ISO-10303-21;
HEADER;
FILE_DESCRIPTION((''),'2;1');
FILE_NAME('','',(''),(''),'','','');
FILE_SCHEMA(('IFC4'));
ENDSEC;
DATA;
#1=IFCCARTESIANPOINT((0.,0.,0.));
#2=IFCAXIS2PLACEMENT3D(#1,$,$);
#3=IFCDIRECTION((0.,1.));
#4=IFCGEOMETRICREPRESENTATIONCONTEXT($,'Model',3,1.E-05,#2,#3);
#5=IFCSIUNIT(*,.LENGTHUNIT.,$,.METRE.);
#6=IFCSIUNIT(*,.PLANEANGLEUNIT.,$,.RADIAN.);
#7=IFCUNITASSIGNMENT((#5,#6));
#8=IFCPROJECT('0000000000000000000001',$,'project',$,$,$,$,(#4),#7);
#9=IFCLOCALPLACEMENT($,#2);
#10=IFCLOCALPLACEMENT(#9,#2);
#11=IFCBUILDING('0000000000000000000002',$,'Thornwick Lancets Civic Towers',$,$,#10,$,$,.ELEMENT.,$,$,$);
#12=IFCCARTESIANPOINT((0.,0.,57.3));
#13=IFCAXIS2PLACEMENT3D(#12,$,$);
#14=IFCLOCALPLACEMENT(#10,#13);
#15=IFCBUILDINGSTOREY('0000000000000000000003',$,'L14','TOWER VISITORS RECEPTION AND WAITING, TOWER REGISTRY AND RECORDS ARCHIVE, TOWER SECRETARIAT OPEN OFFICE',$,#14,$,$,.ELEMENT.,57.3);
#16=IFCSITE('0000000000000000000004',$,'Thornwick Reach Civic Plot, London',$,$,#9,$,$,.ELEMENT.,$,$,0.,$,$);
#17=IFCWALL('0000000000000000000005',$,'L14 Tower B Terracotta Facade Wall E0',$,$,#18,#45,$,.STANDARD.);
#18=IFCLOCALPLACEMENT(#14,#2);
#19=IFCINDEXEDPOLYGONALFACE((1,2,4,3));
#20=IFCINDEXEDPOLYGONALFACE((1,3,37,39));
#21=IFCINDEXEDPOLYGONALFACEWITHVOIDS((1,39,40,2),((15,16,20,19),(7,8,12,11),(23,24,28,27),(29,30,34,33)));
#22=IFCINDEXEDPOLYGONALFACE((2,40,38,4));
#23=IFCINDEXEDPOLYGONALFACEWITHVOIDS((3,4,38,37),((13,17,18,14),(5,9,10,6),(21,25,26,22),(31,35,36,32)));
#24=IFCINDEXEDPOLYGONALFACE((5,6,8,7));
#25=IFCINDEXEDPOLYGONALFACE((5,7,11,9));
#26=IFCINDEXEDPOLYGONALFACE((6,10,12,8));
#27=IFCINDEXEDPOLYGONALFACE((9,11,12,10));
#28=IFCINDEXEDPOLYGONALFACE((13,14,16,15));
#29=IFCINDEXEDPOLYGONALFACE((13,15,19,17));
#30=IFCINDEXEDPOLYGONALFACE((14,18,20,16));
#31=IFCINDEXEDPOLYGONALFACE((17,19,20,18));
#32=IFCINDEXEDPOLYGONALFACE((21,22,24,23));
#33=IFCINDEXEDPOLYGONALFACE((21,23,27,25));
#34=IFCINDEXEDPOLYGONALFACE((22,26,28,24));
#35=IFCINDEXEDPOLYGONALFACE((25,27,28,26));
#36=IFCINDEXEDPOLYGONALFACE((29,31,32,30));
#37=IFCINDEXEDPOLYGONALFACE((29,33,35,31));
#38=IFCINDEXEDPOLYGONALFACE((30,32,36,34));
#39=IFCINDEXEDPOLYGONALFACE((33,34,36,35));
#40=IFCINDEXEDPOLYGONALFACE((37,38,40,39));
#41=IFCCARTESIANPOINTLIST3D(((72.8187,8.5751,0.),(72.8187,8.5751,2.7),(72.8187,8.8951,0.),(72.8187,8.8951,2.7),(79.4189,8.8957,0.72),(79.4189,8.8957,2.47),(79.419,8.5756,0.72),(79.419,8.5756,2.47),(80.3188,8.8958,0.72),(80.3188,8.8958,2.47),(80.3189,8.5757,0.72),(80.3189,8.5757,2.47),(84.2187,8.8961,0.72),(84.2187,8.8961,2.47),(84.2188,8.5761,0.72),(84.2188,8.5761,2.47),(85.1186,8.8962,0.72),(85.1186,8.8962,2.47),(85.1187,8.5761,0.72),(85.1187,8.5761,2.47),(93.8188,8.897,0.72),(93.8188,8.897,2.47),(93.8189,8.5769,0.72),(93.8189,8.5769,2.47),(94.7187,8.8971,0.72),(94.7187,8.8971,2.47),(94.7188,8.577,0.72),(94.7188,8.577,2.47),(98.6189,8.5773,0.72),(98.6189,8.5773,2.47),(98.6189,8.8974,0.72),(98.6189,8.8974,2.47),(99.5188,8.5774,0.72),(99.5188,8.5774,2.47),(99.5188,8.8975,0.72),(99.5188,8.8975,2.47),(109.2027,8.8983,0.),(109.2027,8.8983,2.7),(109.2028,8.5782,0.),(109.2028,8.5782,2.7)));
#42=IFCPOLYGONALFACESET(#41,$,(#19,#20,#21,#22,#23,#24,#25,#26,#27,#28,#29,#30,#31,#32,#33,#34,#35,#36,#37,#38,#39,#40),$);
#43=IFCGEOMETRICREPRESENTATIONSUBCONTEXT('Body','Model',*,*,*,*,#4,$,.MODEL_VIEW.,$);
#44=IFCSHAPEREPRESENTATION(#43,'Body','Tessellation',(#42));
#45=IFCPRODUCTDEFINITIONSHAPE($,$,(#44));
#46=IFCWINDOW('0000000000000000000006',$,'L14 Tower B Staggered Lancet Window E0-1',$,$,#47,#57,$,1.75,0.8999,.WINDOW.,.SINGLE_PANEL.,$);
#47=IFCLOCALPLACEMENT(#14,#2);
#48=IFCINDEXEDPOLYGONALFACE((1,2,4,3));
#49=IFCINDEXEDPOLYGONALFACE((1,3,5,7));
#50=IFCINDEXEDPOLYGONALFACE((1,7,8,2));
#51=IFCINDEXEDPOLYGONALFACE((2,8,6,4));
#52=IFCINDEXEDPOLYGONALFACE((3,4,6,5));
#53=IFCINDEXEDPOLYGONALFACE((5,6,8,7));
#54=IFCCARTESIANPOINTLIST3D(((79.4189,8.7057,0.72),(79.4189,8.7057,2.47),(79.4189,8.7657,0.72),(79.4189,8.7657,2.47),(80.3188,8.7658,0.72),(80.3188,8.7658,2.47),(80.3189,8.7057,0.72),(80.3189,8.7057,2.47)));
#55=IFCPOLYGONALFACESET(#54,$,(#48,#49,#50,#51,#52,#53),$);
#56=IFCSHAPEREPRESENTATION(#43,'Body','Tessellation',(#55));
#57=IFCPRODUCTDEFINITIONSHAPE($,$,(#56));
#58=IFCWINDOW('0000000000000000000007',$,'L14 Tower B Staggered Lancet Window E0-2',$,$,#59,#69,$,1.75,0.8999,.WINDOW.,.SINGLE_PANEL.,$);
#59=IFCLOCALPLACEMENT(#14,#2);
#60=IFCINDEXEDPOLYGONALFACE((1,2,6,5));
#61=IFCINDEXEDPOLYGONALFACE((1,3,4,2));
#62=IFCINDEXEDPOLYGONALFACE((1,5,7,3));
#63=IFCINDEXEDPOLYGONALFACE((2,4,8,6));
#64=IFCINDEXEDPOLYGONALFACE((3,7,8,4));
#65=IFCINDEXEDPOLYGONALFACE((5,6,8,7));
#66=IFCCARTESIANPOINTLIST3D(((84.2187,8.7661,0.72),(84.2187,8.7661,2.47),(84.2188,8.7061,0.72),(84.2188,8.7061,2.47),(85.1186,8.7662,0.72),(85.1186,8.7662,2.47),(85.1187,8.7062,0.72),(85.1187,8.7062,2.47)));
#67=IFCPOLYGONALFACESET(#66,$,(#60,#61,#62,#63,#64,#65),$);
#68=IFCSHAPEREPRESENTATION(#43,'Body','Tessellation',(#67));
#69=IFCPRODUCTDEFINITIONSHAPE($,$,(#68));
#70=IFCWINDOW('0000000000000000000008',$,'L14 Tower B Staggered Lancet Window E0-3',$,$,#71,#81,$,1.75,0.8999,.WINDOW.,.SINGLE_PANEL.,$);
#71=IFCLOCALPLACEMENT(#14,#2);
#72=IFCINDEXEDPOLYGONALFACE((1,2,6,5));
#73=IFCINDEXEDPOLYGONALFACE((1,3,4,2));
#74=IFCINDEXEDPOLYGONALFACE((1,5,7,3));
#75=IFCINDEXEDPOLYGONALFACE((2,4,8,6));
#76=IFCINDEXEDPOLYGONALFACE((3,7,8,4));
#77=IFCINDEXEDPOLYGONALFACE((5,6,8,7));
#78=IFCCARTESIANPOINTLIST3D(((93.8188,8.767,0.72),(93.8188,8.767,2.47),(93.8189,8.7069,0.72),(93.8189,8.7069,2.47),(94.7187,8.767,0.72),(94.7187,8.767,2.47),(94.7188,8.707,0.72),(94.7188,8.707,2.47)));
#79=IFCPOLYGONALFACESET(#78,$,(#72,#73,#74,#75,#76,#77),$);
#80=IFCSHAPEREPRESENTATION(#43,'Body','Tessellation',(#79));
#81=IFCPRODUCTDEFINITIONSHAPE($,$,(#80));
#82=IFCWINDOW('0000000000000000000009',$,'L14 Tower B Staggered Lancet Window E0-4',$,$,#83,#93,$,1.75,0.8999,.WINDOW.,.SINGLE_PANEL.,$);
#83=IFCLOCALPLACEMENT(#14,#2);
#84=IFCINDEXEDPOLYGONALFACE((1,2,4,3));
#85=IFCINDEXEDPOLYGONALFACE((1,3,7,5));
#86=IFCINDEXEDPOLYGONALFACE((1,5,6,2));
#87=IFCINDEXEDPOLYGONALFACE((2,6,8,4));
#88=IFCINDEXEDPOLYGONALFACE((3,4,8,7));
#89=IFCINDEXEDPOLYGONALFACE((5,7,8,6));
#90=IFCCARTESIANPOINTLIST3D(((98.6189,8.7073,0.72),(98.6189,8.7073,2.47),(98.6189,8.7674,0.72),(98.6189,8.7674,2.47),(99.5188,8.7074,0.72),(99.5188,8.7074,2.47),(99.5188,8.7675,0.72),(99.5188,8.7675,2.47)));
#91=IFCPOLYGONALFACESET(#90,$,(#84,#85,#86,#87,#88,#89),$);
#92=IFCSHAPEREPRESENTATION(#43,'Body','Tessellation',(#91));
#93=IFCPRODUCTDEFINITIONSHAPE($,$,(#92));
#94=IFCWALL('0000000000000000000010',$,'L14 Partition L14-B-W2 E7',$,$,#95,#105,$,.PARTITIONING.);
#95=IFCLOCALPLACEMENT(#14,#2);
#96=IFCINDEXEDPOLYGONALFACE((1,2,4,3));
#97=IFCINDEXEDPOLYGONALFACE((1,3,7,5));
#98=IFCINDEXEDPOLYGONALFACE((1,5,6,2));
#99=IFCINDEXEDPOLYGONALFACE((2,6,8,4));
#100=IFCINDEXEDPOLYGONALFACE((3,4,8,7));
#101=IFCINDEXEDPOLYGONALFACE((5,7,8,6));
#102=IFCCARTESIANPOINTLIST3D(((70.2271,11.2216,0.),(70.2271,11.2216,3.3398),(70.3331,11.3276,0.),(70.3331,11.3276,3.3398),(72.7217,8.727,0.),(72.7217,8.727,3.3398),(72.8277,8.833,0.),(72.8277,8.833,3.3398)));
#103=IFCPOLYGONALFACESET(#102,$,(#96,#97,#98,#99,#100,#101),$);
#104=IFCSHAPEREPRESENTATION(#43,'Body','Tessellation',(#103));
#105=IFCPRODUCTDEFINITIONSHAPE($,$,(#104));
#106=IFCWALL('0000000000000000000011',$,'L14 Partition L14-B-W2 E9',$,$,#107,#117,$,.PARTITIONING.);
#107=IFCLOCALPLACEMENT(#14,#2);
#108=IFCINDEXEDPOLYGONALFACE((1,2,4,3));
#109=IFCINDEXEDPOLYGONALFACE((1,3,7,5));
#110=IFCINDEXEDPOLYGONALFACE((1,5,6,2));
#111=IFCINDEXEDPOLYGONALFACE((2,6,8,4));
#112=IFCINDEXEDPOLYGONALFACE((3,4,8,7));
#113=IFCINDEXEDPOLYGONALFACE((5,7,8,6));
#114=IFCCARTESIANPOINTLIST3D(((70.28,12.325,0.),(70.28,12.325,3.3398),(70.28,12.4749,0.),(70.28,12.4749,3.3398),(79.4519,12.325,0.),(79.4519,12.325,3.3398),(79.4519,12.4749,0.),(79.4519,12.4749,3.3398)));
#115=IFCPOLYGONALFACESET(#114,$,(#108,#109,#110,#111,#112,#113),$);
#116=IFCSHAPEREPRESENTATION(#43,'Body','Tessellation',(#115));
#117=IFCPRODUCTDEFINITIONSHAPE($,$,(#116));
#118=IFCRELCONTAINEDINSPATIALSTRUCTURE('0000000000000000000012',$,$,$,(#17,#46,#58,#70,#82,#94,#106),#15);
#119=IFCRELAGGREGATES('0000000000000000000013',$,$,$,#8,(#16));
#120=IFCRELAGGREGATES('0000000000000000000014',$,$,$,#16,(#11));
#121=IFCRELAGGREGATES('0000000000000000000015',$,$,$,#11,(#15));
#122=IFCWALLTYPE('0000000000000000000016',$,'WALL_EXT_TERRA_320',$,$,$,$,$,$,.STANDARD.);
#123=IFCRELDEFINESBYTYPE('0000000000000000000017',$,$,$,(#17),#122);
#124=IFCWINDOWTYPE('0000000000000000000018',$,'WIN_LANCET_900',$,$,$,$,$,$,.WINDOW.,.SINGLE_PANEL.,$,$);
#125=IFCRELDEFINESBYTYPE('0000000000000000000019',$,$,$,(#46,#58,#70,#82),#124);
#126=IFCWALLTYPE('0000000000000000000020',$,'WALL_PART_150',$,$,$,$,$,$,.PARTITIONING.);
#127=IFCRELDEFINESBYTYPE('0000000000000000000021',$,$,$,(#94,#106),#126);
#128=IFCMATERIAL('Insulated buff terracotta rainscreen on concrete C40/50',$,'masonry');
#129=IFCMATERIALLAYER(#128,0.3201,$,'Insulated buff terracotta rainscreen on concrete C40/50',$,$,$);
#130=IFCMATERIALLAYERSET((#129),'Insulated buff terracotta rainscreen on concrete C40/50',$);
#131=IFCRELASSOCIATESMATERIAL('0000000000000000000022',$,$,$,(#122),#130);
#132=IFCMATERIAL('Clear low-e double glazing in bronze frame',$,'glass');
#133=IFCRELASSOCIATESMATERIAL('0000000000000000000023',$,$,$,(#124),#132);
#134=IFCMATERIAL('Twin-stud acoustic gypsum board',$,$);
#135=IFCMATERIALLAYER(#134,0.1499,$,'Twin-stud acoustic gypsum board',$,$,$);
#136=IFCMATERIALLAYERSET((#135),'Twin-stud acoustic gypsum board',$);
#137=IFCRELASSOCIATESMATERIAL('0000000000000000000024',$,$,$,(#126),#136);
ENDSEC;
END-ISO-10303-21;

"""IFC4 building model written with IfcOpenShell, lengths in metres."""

from ifc_helpers import new_model, si_unit, direction, frame, frame_2d, origin, place, context, subcontext, project, spatial, rectangle, extrude, material, layer, layer_set, type_object, element, fill, save


model = new_model("IFC4")

# Units and contexts
model_context = context("Model", 3, precision=1e-05, world=origin(), true_north=direction((0.0, 1.0)))
body_context = subcontext(model_context, "Body", "Model", "MODEL_VIEW")
ifc_project = project(units=[si_unit("LENGTHUNIT", "METRE"), si_unit("PLANEANGLEUNIT", "RADIAN")], contexts=[model_context])

# Site, building, storey
site_placement = place(None, origin())
site = spatial("IfcSite", under=ifc_project, at=site_placement, Name="Thornwick Reach Civic Plot, London", CompositionType="ELEMENT", RefElevation=0.0)
building_placement = place(site_placement, origin())
building = spatial("IfcBuilding", under=site, at=building_placement, Name="Thornwick Lancets Civic Towers", CompositionType="ELEMENT")
storey_placement = place(building_placement, frame((0.0, 0.0, 57.3)))
storey = spatial("IfcBuildingStorey", under=building, at=storey_placement, Name="L14", Description="TOWER VISITORS RECEPTION AND WAITING, TOWER REGISTRY AND RECORDS ARCHIVE, TOWER SECRETARIAT OPEN OFFICE", CompositionType="ELEMENT", Elevation=57.3)

# Wall, openings, windows
ifc_material_1 = material(Name="Insulated buff terracotta rainscreen on concrete C40/50", Category="masonry")
ifc_layer_1 = layer(ifc_material_1, 0.3201, Name="Insulated buff terracotta rainscreen on concrete C40/50")
ifc_layer_set_1 = layer_set([ifc_layer_1], Name="Insulated buff terracotta rainscreen on concrete C40/50")
wall_type_1 = type_object("IfcWallType", Name="WALL_EXT_TERRA_320", PredefinedType="STANDARD", material=ifc_layer_set_1)
ifc_material_2 = material(Name="Clear low-e double glazing in bronze frame", Category="glass")
window_type = type_object("IfcWindowType", Name="WIN_LANCET_900", PartitioningType="SINGLE_PANEL", PredefinedType="WINDOW", material=ifc_material_2)
wall_1_placement = place(storey_placement, frame((72.8188, 8.7351, 0.0), z_axis=(0.0, 0.0, 1.0), x_axis=(1.0, 0.000087, 0.0)))
wall_1 = element("IfcWall", 1, at=wall_1_placement, inside=storey, type_object=wall_type_1, Name="L14 Tower B Terracotta Facade Wall E0", PredefinedType="STANDARD", context=body_context, shape_type="SweptSolid", body=[
    extrude(rectangle(XDim=36.384, YDim=0.3201, at=frame_2d((18.1919, 0.0))), origin(), (0.0, 0.0, 1.0), 2.7),
])
opening_1_placement = place(wall_1_placement, frame((6.6001, 0.0, 0.72)))
opening_1 = element("IfcOpeningElement", 2, at=opening_1_placement, cuts=wall_1, PredefinedType="OPENING", context=body_context, shape_type="SweptSolid", body=[
    extrude(rectangle(XDim=0.8999, YDim=1.75, at=frame_2d((0.45, 0.875))), frame((0.0, 0.1699, 0.0), z_axis=(0.0, -1.0, 0.0), x_axis=(1.0, 0.0, 0.0)), (0.0, 0.0, 1.0), 0.3401),
])
opening_2_placement = place(wall_1_placement, frame((11.3999, 0.0, 0.72)))
opening_2 = element("IfcOpeningElement", 3, at=opening_2_placement, cuts=wall_1, PredefinedType="OPENING", context=body_context, shape_type="SweptSolid", body=[
    extrude(rectangle(XDim=0.8999, YDim=1.75, at=frame_2d((0.45, 0.875))), frame((0.0, 0.1699, 0.0), z_axis=(0.0, -1.0, 0.0), x_axis=(1.0, 0.0, 0.0)), (0.0, 0.0, 1.0), 0.3401),
])
opening_3_placement = place(wall_1_placement, frame((21.0, 0.0, 0.72)))
opening_3 = element("IfcOpeningElement", 4, at=opening_3_placement, cuts=wall_1, PredefinedType="OPENING", context=body_context, shape_type="SweptSolid", body=[
    extrude(rectangle(XDim=0.8999, YDim=1.75, at=frame_2d((0.45, 0.875))), frame((0.0, 0.1699, 0.0), z_axis=(0.0, -1.0, 0.0), x_axis=(1.0, 0.0, 0.0)), (0.0, 0.0, 1.0), 0.3401),
])
opening_4_placement = place(wall_1_placement, frame((25.8, 0.0, 0.72)))
opening_4 = element("IfcOpeningElement", 5, at=opening_4_placement, cuts=wall_1, PredefinedType="OPENING", context=body_context, shape_type="SweptSolid", body=[
    extrude(rectangle(XDim=0.8999, YDim=1.75, at=frame_2d((0.45, 0.875))), frame((0.0, 0.1699, 0.0), z_axis=(0.0, -1.0, 0.0), x_axis=(1.0, 0.0, 0.0)), (0.0, 0.0, 1.0), 0.3401),
])
window_1_placement = place(opening_1_placement, origin())
window_1 = element("IfcWindow", 6, at=window_1_placement, inside=storey, type_object=window_type, Name="L14 Tower B Staggered Lancet Window E0-1", OverallHeight=1.75, OverallWidth=0.8999, PartitioningType="SINGLE_PANEL", PredefinedType="WINDOW", context=body_context, shape_type="SweptSolid", body=[
    extrude(rectangle(XDim=0.8999, YDim=1.75, at=frame_2d((0.45, 0.875))), frame((0.0, 0.03, 0.0), z_axis=(0.0, -1.0, 0.0), x_axis=(1.0, 0.0, 0.0)), (0.0, 0.0, 1.0), 0.0601),
])
fill(opening_1, window_1)
window_2_placement = place(opening_2_placement, origin())
window_2 = element("IfcWindow", 7, at=window_2_placement, inside=storey, type_object=window_type, Name="L14 Tower B Staggered Lancet Window E0-2", OverallHeight=1.75, OverallWidth=0.8999, PartitioningType="SINGLE_PANEL", PredefinedType="WINDOW", context=body_context, shape_type="SweptSolid", body=[
    extrude(rectangle(XDim=0.8999, YDim=1.75, at=frame_2d((0.45, 0.875))), frame((0.0, 0.03, 0.0), z_axis=(0.0, -1.0, 0.0), x_axis=(1.0, 0.0, 0.0)), (0.0, 0.0, 1.0), 0.0601),
])
fill(opening_2, window_2)
window_3_placement = place(opening_3_placement, origin())
window_3 = element("IfcWindow", 8, at=window_3_placement, inside=storey, type_object=window_type, Name="L14 Tower B Staggered Lancet Window E0-3", OverallHeight=1.75, OverallWidth=0.8999, PartitioningType="SINGLE_PANEL", PredefinedType="WINDOW", context=body_context, shape_type="SweptSolid", body=[
    extrude(rectangle(XDim=0.8999, YDim=1.75, at=frame_2d((0.45, 0.875))), frame((0.0, 0.03, 0.0), z_axis=(0.0, -1.0, 0.0), x_axis=(1.0, 0.0, 0.0)), (0.0, 0.0, 1.0), 0.0601),
])
fill(opening_3, window_3)
window_4_placement = place(opening_4_placement, origin())
window_4 = element("IfcWindow", 9, at=window_4_placement, inside=storey, type_object=window_type, Name="L14 Tower B Staggered Lancet Window E0-4", OverallHeight=1.75, OverallWidth=0.8999, PartitioningType="SINGLE_PANEL", PredefinedType="WINDOW", context=body_context, shape_type="SweptSolid", body=[
    extrude(rectangle(XDim=0.8999, YDim=1.75, at=frame_2d((0.45, 0.875))), frame((0.0, 0.03, 0.0), z_axis=(0.0, -1.0, 0.0), x_axis=(1.0, 0.0, 0.0)), (0.0, 0.0, 1.0), 0.0601),
])
fill(opening_4, window_4)

# Walls
ifc_material_3 = material(Name="Twin-stud acoustic gypsum board")
ifc_layer_2 = layer(ifc_material_3, 0.1499, Name="Twin-stud acoustic gypsum board")
ifc_layer_set_2 = layer_set([ifc_layer_2], Name="Twin-stud acoustic gypsum board")
wall_type_2 = type_object("IfcWallType", Name="WALL_PART_150", PredefinedType="PARTITIONING", material=ifc_layer_set_2)
wall_2_placement = place(storey_placement, frame((72.7747, 8.78, 0.0), z_axis=(0.0, 0.0, 1.0), x_axis=(-0.707107, 0.707107, 0.0)))
element("IfcWall", 10, at=wall_2_placement, inside=storey, type_object=wall_type_2, Name="L14 Partition L14-B-W2 E7", PredefinedType="PARTITIONING", context=body_context, shape_type="SweptSolid", body=[
    extrude(rectangle(XDim=3.5278, YDim=0.1499, at=frame_2d((1.7639, 0.0))), origin(), (0.0, 0.0, 1.0), 3.3398),
])
wall_3_placement = place(storey_placement, frame((70.28, 12.3999, 0.0), z_axis=(0.0, 0.0, 1.0), x_axis=(1.0, 0.0, 0.0)))
element("IfcWall", 11, at=wall_3_placement, inside=storey, type_object=wall_type_2, Name="L14 Partition L14-B-W2 E9", PredefinedType="PARTITIONING", context=body_context, shape_type="SweptSolid", body=[
    extrude(rectangle(XDim=9.1719, YDim=0.1499, at=frame_2d((4.5859, 0.0))), origin(), (0.0, 0.0, 1.0), 3.3398),
])

save(model, "model.ifc")
